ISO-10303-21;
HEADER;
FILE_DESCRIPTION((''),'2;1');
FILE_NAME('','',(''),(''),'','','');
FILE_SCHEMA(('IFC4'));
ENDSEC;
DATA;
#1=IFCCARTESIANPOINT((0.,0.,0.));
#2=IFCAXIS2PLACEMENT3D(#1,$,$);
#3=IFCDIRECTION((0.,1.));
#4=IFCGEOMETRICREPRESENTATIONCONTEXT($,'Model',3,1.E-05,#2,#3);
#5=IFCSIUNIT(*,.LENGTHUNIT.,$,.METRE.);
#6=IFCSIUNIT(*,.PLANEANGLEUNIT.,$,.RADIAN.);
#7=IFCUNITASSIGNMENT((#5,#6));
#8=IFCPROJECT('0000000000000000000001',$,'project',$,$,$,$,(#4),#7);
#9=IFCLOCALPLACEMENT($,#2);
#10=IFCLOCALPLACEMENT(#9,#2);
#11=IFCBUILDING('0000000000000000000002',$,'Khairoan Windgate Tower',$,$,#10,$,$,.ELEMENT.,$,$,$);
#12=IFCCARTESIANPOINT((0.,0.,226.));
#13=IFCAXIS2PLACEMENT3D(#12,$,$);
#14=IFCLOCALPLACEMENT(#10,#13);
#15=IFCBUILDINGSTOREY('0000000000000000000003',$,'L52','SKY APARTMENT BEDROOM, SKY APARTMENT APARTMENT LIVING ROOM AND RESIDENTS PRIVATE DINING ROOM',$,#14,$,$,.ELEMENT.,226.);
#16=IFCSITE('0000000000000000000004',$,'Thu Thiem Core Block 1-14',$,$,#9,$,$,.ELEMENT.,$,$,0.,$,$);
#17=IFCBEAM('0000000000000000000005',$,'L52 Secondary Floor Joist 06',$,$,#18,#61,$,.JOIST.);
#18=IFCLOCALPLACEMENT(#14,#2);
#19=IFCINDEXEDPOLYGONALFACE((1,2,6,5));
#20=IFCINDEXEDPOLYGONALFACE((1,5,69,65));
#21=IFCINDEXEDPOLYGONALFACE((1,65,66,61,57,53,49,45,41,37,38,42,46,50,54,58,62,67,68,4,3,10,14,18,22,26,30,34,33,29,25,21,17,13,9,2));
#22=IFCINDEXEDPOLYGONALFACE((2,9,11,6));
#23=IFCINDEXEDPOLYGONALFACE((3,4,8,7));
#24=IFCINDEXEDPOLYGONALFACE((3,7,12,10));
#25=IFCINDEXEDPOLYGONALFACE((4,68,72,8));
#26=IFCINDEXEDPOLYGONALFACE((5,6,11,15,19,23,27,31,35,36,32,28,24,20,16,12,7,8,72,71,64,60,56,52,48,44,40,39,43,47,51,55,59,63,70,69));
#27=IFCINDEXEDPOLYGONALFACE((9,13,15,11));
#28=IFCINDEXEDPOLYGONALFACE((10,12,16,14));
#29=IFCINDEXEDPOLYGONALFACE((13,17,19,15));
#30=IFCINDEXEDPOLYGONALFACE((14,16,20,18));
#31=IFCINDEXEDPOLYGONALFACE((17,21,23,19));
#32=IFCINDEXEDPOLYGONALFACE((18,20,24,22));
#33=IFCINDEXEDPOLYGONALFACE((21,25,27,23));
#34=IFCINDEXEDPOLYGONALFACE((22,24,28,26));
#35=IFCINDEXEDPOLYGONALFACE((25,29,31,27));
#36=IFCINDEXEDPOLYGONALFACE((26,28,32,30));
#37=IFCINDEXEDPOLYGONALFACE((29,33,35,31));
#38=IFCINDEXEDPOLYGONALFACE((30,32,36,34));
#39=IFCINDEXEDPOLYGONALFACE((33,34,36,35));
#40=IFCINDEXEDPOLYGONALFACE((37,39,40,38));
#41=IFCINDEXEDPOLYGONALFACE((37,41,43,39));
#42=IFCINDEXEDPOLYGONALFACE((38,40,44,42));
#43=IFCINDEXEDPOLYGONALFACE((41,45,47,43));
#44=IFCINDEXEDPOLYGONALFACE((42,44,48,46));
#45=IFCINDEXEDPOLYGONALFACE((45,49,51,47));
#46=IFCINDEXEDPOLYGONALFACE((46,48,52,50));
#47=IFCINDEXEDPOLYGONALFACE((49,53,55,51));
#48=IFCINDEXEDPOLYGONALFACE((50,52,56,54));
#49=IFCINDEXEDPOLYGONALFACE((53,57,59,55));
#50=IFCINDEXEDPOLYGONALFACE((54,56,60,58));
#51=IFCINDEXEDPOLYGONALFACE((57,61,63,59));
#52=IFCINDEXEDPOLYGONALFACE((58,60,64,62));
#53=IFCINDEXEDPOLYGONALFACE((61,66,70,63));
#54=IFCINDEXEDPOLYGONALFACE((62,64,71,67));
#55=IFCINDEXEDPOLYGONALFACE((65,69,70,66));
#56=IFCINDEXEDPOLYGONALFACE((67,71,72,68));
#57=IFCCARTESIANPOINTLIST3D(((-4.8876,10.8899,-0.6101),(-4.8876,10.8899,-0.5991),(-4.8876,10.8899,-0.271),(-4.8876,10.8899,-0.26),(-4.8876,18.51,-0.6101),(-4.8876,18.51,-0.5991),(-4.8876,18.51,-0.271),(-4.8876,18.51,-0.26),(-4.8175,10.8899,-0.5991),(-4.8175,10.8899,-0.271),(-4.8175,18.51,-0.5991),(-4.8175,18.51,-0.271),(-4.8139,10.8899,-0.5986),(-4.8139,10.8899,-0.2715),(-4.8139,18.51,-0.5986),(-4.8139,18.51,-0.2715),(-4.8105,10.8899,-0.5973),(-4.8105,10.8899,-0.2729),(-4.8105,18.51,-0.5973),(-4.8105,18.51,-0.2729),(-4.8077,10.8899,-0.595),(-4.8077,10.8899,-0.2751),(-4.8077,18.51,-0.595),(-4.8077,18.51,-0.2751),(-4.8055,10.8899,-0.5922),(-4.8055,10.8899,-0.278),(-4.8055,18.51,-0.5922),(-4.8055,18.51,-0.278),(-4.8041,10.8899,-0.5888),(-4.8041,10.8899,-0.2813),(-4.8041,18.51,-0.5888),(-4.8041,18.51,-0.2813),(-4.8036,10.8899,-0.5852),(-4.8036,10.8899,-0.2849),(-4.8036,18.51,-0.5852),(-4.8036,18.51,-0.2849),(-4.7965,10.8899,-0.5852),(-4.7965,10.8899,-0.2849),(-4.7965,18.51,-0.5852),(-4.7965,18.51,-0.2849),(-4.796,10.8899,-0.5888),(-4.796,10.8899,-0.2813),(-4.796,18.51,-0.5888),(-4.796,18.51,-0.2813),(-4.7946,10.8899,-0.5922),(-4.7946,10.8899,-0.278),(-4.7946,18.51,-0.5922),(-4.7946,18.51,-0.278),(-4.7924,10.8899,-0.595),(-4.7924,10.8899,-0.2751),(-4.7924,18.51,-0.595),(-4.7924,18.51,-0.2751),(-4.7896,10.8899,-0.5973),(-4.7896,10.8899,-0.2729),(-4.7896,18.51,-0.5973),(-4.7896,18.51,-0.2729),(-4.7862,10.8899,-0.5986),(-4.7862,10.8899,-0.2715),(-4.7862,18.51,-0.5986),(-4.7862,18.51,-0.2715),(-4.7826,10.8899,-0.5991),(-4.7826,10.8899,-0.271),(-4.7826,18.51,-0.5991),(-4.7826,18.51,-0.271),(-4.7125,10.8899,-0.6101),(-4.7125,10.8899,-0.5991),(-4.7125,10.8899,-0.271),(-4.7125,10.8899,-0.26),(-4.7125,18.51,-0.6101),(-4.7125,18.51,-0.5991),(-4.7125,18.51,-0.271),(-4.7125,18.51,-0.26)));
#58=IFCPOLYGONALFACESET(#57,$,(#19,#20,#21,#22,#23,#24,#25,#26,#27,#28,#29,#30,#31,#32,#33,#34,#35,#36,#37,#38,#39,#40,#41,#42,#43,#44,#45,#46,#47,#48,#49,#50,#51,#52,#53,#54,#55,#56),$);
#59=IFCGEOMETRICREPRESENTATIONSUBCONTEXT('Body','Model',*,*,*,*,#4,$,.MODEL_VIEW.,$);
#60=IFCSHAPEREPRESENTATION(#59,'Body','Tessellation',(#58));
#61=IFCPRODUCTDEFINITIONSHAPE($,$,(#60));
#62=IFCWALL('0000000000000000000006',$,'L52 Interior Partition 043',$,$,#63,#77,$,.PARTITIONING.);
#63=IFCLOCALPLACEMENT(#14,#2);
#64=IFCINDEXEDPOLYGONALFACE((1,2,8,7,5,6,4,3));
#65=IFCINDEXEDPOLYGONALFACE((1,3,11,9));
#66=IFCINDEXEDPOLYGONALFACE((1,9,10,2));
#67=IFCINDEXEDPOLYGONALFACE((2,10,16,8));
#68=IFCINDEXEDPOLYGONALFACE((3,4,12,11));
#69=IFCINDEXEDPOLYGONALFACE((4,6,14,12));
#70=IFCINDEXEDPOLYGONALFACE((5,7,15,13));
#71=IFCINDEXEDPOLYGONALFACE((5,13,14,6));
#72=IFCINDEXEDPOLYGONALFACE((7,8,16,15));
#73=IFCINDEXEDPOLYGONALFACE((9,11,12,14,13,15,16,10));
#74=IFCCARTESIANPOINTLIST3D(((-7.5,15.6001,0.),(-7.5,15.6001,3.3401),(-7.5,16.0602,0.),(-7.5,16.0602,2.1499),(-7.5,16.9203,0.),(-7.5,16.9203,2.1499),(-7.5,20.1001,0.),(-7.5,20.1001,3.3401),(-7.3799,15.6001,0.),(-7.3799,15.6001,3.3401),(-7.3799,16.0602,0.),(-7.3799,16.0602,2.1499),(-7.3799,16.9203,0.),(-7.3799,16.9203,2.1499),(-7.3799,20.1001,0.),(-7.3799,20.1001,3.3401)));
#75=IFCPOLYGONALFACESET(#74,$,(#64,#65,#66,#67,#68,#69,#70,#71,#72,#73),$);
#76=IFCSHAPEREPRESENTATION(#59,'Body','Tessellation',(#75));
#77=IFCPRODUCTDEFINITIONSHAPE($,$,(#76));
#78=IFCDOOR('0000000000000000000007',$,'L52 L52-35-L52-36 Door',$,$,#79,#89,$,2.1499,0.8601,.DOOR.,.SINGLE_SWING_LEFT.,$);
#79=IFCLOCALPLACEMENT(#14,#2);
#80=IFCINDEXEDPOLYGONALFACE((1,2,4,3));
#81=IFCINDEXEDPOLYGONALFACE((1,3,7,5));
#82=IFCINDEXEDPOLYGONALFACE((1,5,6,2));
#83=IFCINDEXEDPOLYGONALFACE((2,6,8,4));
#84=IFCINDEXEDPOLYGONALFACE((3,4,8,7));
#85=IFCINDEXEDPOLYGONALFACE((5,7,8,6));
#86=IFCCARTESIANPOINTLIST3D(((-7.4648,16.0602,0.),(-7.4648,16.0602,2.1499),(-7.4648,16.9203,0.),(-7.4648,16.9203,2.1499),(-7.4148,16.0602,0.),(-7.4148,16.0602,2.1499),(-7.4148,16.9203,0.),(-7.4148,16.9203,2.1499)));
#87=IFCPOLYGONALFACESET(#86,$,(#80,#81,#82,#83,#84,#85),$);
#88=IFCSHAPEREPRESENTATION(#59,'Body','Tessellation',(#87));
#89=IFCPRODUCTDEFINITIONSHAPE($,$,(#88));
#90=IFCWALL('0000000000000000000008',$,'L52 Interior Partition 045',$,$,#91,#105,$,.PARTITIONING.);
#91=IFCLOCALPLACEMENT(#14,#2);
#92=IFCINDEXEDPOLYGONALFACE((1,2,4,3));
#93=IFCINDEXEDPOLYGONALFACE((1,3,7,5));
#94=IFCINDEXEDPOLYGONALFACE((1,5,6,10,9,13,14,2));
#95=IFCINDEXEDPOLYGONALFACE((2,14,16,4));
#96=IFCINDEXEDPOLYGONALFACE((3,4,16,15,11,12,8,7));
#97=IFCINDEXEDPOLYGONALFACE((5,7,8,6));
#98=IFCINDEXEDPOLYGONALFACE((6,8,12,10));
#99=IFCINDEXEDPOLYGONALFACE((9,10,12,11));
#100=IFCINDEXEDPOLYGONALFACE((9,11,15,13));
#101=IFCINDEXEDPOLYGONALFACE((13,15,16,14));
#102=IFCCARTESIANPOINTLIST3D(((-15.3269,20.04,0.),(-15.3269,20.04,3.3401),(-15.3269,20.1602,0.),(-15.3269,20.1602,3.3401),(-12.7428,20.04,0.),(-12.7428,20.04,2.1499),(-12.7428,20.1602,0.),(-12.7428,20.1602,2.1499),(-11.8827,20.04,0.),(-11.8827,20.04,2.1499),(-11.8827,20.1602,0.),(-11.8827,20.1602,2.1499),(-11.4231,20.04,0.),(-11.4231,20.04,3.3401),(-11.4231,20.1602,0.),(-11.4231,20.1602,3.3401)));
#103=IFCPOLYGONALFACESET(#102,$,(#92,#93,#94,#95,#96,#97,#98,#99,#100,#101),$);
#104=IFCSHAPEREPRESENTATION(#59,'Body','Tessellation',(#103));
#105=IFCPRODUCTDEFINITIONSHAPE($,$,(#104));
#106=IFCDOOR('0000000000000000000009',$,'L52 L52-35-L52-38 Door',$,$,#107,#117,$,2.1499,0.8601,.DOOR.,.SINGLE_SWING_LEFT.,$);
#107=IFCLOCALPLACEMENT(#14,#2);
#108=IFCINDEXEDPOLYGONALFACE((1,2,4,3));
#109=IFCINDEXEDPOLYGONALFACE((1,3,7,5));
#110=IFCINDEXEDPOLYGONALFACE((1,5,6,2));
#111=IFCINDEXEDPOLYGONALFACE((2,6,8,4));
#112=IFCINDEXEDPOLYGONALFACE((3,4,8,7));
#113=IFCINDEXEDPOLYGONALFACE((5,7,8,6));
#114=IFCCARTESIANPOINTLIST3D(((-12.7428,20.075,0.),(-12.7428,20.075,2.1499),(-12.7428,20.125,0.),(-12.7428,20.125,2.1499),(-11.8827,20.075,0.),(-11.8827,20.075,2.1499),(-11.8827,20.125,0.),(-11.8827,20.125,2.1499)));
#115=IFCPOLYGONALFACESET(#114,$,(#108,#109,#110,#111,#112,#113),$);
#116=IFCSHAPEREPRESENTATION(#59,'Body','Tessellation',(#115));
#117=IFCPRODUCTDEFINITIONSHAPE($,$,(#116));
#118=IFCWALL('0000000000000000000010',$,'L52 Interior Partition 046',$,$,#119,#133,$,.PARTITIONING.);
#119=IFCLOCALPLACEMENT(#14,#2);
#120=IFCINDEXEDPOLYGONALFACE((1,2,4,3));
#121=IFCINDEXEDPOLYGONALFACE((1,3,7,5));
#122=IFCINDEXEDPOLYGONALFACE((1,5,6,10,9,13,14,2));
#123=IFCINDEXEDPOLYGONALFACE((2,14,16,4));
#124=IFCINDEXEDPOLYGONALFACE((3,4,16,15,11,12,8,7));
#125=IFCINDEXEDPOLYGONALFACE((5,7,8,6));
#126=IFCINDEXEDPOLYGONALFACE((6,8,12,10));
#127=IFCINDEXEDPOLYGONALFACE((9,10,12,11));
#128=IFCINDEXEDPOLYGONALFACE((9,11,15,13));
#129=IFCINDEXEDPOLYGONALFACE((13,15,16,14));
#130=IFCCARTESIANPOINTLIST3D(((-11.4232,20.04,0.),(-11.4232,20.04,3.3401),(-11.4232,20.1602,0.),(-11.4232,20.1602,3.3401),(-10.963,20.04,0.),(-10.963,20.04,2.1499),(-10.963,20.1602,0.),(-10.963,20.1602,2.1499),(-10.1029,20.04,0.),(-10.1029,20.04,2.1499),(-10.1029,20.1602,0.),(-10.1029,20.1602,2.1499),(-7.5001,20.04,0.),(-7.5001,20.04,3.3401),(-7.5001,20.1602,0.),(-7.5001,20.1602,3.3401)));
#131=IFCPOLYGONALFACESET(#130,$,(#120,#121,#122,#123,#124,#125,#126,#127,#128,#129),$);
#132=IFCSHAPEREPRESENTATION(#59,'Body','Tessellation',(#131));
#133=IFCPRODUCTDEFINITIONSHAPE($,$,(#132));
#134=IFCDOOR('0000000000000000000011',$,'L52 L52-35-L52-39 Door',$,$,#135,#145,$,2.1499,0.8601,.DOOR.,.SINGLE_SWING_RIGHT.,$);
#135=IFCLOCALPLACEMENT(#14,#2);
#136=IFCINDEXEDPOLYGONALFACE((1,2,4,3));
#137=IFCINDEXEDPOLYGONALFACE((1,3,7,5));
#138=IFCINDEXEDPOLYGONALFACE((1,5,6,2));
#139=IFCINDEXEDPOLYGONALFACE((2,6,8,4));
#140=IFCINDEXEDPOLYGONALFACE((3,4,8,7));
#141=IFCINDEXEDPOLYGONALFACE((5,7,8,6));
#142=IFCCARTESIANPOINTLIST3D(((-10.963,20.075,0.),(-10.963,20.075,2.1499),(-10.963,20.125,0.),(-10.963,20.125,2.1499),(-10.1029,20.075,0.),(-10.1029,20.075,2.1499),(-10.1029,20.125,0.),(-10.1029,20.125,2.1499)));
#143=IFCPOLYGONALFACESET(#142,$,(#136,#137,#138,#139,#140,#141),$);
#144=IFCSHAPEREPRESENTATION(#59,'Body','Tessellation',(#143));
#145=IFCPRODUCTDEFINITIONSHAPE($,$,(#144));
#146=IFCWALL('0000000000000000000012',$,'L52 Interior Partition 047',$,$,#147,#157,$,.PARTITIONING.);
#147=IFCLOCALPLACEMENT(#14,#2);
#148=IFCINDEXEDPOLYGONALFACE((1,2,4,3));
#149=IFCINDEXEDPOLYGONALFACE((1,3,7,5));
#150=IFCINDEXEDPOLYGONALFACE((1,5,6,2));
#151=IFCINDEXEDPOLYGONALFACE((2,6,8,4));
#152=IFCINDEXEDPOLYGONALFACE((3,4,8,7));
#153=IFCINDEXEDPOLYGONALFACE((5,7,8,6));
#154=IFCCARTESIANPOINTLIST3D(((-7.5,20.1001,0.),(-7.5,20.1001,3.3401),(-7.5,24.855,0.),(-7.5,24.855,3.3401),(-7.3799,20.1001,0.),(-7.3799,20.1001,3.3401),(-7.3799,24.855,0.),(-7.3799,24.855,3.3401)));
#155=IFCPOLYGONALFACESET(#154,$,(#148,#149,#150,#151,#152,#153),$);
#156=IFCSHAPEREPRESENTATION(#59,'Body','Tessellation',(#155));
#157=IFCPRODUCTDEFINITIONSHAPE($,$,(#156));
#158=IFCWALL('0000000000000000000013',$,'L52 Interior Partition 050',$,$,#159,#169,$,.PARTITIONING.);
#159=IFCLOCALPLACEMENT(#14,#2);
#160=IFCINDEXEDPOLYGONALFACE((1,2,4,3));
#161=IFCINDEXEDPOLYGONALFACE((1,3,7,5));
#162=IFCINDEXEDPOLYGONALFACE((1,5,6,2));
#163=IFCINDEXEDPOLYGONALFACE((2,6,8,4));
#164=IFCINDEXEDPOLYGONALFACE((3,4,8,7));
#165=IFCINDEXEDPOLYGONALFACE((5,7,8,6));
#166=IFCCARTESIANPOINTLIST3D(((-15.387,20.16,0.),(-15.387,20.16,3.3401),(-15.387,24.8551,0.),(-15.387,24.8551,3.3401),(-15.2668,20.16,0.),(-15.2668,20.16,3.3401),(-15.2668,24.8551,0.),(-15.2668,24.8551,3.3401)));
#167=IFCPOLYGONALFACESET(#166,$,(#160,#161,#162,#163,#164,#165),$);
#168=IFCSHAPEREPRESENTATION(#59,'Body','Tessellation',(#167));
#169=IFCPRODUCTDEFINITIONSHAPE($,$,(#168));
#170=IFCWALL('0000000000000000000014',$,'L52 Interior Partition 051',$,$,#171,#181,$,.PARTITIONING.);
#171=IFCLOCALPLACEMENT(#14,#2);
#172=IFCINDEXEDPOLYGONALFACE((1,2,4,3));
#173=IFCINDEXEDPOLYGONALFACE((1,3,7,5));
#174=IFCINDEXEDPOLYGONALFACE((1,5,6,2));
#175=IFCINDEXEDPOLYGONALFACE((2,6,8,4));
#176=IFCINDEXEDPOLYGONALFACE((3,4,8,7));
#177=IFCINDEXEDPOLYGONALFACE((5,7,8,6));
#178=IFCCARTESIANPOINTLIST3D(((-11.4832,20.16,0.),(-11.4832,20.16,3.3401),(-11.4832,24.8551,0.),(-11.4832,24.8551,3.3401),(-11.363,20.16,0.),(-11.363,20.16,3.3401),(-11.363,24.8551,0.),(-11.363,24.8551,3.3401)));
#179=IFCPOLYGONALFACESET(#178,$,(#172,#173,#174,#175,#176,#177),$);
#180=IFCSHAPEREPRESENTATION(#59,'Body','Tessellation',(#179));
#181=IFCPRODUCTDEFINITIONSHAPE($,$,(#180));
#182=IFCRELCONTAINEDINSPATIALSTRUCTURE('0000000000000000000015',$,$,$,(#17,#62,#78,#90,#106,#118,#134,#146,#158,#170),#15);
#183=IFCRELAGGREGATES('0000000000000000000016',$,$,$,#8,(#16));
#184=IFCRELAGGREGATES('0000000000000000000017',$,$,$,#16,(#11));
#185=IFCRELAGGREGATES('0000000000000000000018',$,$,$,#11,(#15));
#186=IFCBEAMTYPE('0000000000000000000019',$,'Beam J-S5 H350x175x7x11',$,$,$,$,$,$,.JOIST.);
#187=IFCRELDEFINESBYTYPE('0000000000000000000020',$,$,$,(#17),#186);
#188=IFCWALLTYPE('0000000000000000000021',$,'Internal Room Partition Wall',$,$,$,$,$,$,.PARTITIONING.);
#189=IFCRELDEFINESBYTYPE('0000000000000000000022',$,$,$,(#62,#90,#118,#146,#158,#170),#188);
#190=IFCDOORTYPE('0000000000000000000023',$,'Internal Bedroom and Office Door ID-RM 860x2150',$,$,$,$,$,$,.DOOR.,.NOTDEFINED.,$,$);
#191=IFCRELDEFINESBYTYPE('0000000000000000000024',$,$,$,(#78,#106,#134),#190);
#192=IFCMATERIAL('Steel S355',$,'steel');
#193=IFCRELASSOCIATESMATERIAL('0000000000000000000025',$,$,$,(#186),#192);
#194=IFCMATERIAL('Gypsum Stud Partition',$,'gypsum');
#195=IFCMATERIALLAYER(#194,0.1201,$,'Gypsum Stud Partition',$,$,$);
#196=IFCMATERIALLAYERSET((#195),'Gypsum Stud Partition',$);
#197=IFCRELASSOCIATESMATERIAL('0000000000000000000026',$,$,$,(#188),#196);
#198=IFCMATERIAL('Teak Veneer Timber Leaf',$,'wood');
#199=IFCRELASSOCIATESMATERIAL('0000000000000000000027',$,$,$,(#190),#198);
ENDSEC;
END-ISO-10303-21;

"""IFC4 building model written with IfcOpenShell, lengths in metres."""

from ifc_helpers import new_model, si_unit, direction, frame, frame_2d, origin, origin_2d, place, context, subcontext, project, spatial, rectangle, i_section, extrude, material, layer, layer_set, material_profile, profile_set, type_object, element, fill, save


model = new_model("IFC4")

# Units and contexts
model_context = context("Model", 3, precision=1e-05, world=origin(), true_north=direction((0.0, 1.0)))
body_context = subcontext(model_context, "Body", "Model", "MODEL_VIEW")
ifc_project = project(units=[si_unit("LENGTHUNIT", "METRE"), si_unit("PLANEANGLEUNIT", "RADIAN")], contexts=[model_context])

# Site, building, storey
site_placement = place(None, origin())
site = spatial("IfcSite", under=ifc_project, at=site_placement, Name="Thu Thiem Core Block 1-14", CompositionType="ELEMENT", RefElevation=0.0)
building_placement = place(site_placement, origin())
building = spatial("IfcBuilding", under=site, at=building_placement, Name="Khairoan Windgate Tower", CompositionType="ELEMENT")
storey_placement = place(building_placement, frame((0.0, 0.0, 226.0)))
storey = spatial("IfcBuildingStorey", under=building, at=storey_placement, Name="L52", Description="SKY APARTMENT BEDROOM, SKY APARTMENT APARTMENT LIVING ROOM AND RESIDENTS PRIVATE DINING ROOM", CompositionType="ELEMENT", Elevation=226.0)

# Beam
ifc_material_1 = material(Name="Steel S355", Category="steel")
ifc_material_profile_1 = material_profile(ifc_material_1, i_section(OverallWidth=0.175, OverallDepth=0.3501, WebThickness=0.0071, FlangeThickness=0.011, FilletRadius=0.0139, at=origin_2d()))
ifc_profile_set_1 = profile_set([ifc_material_profile_1], Name="Steel S355")
beam_type_1 = type_object("IfcBeamType", Name="Beam J-S5 H350x175x7x11", PredefinedType="JOIST", material=ifc_profile_set_1)
beam_1_placement = place(storey_placement, frame((-4.8, 10.8899, -0.4351), z_axis=(0.0, 1.0, 0.0), x_axis=(-1.0, 0.0, 0.0)))
element("IfcBeam", 1, at=beam_1_placement, inside=storey, type_object=beam_type_1, Name="L52 Secondary Floor Joist 06", PredefinedType="JOIST", context=body_context, shape_type="SweptSolid", body=[
    extrude(i_section(OverallWidth=0.175, OverallDepth=0.3501, WebThickness=0.0071, FlangeThickness=0.011, FilletRadius=0.0139, at=origin_2d()), origin(), (0.0, 0.0, 1.0), 7.6201),
])

# Walls, openings, doors
ifc_material_2 = material(Name="Gypsum Stud Partition", Category="gypsum")
ifc_layer_1 = layer(ifc_material_2, 0.1201, Name="Gypsum Stud Partition")
ifc_layer_set_1 = layer_set([ifc_layer_1], Name="Gypsum Stud Partition")
wall_type_1 = type_object("IfcWallType", Name="Internal Room Partition Wall", PredefinedType="PARTITIONING", material=ifc_layer_set_1)
wall_1_placement = place(storey_placement, frame((-7.4399, 15.6001, 0.0), z_axis=(0.0, 0.0, 1.0), x_axis=(0.0, 1.0, 0.0)))
wall_1 = element("IfcWall", 2, at=wall_1_placement, inside=storey, type_object=wall_type_1, Name="L52 Interior Partition 043", PredefinedType="PARTITIONING", context=body_context, shape_type="SweptSolid", body=[
    extrude(rectangle(XDim=4.5, YDim=0.1201, at=frame_2d((2.25, 0.0))), origin(), (0.0, 0.0, 1.0), 3.3401),
])
opening_1_placement = place(wall_1_placement, frame((0.46, 0.0, 0.0)))
opening_1 = element("IfcOpeningElement", 3, at=opening_1_placement, cuts=wall_1, PredefinedType="OPENING", context=body_context, shape_type="SweptSolid", body=[
    extrude(rectangle(XDim=0.8601, YDim=2.1499, at=frame_2d((0.4302, 1.075))), frame((0.0, 0.0701, 0.0), z_axis=(0.0, -1.0, 0.0), x_axis=(1.0, 0.0, 0.0)), (0.0, 0.0, 1.0), 0.1401),
])
ifc_material_3 = material(Name="Teak Veneer Timber Leaf", Category="wood")
door_type_1 = type_object("IfcDoorType", Name="Internal Bedroom and Office Door ID-RM 860x2150", OperationType="NOTDEFINED", PredefinedType="DOOR", material=ifc_material_3)
door_1_placement = place(opening_1_placement, origin())
door_1 = element("IfcDoor", 4, at=door_1_placement, inside=storey, type_object=door_type_1, Name="L52 L52-35-L52-36 Door", OperationType="SINGLE_SWING_LEFT", OverallHeight=2.1499, OverallWidth=0.8601, PredefinedType="DOOR", context=body_context, shape_type="SweptSolid", body=[
    extrude(rectangle(XDim=0.8601, YDim=2.1499, at=frame_2d((0.4302, 1.075))), frame((0.0, 0.0249, 0.0), z_axis=(0.0, -1.0, 0.0), x_axis=(1.0, 0.0, 0.0)), (0.0, 0.0, 1.0), 0.05),
])
fill(opening_1, door_1)
wall_2_placement = place(storey_placement, frame((-15.3269, 20.1001, 0.0), z_axis=(0.0, 0.0, 1.0), x_axis=(1.0, 0.0, 0.0)))
wall_2 = element("IfcWall", 5, at=wall_2_placement, inside=storey, type_object=wall_type_1, Name="L52 Interior Partition 045", PredefinedType="PARTITIONING", context=body_context, shape_type="SweptSolid", body=[
    extrude(rectangle(XDim=3.9038, YDim=0.1201, at=frame_2d((1.9519, 0.0))), origin(), (0.0, 0.0, 1.0), 3.3401),
])
opening_2_placement = place(wall_2_placement, frame((2.584, 0.0, 0.0)))
opening_2 = element("IfcOpeningElement", 6, at=opening_2_placement, cuts=wall_2, PredefinedType="OPENING", context=body_context, shape_type="SweptSolid", body=[
    extrude(rectangle(XDim=0.8601, YDim=2.1499, at=frame_2d((0.4302, 1.075))), frame((0.0, 0.0701, 0.0), z_axis=(0.0, -1.0, 0.0), x_axis=(1.0, 0.0, 0.0)), (0.0, 0.0, 1.0), 0.1401),
])
door_2_placement = place(opening_2_placement, origin())
door_2 = element("IfcDoor", 7, at=door_2_placement, inside=storey, type_object=door_type_1, Name="L52 L52-35-L52-38 Door", OperationType="SINGLE_SWING_LEFT", OverallHeight=2.1499, OverallWidth=0.8601, PredefinedType="DOOR", context=body_context, shape_type="SweptSolid", body=[
    extrude(rectangle(XDim=0.8601, YDim=2.1499, at=frame_2d((0.4302, 1.075))), frame((0.0, 0.0249, 0.0), z_axis=(0.0, -1.0, 0.0), x_axis=(1.0, 0.0, 0.0)), (0.0, 0.0, 1.0), 0.05),
])
fill(opening_2, door_2)
wall_3_placement = place(storey_placement, frame((-11.4231, 20.1001, 0.0), z_axis=(0.0, 0.0, 1.0), x_axis=(1.0, 0.0, 0.0)))
wall_3 = element("IfcWall", 8, at=wall_3_placement, inside=storey, type_object=wall_type_1, Name="L52 Interior Partition 046", PredefinedType="PARTITIONING", context=body_context, shape_type="SweptSolid", body=[
    extrude(rectangle(XDim=3.9231, YDim=0.1201, at=frame_2d((1.9614, 0.0))), origin(), (0.0, 0.0, 1.0), 3.3401),
])
opening_3_placement = place(wall_3_placement, frame((0.46, 0.0, 0.0)))
opening_3 = element("IfcOpeningElement", 9, at=opening_3_placement, cuts=wall_3, PredefinedType="OPENING", context=body_context, shape_type="SweptSolid", body=[
    extrude(rectangle(XDim=0.8601, YDim=2.1499, at=frame_2d((0.4302, 1.075))), frame((0.0, 0.0701, 0.0), z_axis=(0.0, -1.0, 0.0), x_axis=(1.0, 0.0, 0.0)), (0.0, 0.0, 1.0), 0.1401),
])
door_3_placement = place(opening_3_placement, origin())
door_3 = element("IfcDoor", 10, at=door_3_placement, inside=storey, type_object=door_type_1, Name="L52 L52-35-L52-39 Door", OperationType="SINGLE_SWING_RIGHT", OverallHeight=2.1499, OverallWidth=0.8601, PredefinedType="DOOR", context=body_context, shape_type="SweptSolid", body=[
    extrude(rectangle(XDim=0.8601, YDim=2.1499, at=frame_2d((0.4302, 1.075))), frame((0.0, 0.0249, 0.0), z_axis=(0.0, -1.0, 0.0), x_axis=(1.0, 0.0, 0.0)), (0.0, 0.0, 1.0), 0.05),
])
fill(opening_3, door_3)

# Walls
wall_4_placement = place(storey_placement, frame((-7.4399, 20.1001, 0.0), z_axis=(0.0, 0.0, 1.0), x_axis=(0.0, 1.0, 0.0)))
element("IfcWall", 11, at=wall_4_placement, inside=storey, type_object=wall_type_1, Name="L52 Interior Partition 047", PredefinedType="PARTITIONING", context=body_context, shape_type="SweptSolid", body=[
    extrude(rectangle(XDim=4.7549, YDim=0.1201, at=frame_2d((2.3774, 0.0))), origin(), (0.0, 0.0, 1.0), 3.3401),
])
for number, where, z_axis, x_axis, name in (
    (12, (-15.3269, 20.1599, 0.0), (0.0, 0.0, 1.0), (0.0, 1.0, 0.0), "L52 Interior Partition 050"),
    (13, (-11.4231, 20.1599, 0.0), (0.0, 0.0, 1.0), (0.0, 1.0, 0.0), "L52 Interior Partition 051"),
):
    element("IfcWall", number, at=place(storey_placement, frame(where, z_axis=z_axis, x_axis=x_axis)), inside=storey, type_object=wall_type_1, Name=name, PredefinedType="PARTITIONING", context=body_context, shape_type="SweptSolid", body=[
        extrude(rectangle(XDim=4.6951, YDim=0.1201, at=frame_2d((2.3477, 0.0))), origin(), (0.0, 0.0, 1.0), 3.3401),
    ])

save(model, "model.ifc")
